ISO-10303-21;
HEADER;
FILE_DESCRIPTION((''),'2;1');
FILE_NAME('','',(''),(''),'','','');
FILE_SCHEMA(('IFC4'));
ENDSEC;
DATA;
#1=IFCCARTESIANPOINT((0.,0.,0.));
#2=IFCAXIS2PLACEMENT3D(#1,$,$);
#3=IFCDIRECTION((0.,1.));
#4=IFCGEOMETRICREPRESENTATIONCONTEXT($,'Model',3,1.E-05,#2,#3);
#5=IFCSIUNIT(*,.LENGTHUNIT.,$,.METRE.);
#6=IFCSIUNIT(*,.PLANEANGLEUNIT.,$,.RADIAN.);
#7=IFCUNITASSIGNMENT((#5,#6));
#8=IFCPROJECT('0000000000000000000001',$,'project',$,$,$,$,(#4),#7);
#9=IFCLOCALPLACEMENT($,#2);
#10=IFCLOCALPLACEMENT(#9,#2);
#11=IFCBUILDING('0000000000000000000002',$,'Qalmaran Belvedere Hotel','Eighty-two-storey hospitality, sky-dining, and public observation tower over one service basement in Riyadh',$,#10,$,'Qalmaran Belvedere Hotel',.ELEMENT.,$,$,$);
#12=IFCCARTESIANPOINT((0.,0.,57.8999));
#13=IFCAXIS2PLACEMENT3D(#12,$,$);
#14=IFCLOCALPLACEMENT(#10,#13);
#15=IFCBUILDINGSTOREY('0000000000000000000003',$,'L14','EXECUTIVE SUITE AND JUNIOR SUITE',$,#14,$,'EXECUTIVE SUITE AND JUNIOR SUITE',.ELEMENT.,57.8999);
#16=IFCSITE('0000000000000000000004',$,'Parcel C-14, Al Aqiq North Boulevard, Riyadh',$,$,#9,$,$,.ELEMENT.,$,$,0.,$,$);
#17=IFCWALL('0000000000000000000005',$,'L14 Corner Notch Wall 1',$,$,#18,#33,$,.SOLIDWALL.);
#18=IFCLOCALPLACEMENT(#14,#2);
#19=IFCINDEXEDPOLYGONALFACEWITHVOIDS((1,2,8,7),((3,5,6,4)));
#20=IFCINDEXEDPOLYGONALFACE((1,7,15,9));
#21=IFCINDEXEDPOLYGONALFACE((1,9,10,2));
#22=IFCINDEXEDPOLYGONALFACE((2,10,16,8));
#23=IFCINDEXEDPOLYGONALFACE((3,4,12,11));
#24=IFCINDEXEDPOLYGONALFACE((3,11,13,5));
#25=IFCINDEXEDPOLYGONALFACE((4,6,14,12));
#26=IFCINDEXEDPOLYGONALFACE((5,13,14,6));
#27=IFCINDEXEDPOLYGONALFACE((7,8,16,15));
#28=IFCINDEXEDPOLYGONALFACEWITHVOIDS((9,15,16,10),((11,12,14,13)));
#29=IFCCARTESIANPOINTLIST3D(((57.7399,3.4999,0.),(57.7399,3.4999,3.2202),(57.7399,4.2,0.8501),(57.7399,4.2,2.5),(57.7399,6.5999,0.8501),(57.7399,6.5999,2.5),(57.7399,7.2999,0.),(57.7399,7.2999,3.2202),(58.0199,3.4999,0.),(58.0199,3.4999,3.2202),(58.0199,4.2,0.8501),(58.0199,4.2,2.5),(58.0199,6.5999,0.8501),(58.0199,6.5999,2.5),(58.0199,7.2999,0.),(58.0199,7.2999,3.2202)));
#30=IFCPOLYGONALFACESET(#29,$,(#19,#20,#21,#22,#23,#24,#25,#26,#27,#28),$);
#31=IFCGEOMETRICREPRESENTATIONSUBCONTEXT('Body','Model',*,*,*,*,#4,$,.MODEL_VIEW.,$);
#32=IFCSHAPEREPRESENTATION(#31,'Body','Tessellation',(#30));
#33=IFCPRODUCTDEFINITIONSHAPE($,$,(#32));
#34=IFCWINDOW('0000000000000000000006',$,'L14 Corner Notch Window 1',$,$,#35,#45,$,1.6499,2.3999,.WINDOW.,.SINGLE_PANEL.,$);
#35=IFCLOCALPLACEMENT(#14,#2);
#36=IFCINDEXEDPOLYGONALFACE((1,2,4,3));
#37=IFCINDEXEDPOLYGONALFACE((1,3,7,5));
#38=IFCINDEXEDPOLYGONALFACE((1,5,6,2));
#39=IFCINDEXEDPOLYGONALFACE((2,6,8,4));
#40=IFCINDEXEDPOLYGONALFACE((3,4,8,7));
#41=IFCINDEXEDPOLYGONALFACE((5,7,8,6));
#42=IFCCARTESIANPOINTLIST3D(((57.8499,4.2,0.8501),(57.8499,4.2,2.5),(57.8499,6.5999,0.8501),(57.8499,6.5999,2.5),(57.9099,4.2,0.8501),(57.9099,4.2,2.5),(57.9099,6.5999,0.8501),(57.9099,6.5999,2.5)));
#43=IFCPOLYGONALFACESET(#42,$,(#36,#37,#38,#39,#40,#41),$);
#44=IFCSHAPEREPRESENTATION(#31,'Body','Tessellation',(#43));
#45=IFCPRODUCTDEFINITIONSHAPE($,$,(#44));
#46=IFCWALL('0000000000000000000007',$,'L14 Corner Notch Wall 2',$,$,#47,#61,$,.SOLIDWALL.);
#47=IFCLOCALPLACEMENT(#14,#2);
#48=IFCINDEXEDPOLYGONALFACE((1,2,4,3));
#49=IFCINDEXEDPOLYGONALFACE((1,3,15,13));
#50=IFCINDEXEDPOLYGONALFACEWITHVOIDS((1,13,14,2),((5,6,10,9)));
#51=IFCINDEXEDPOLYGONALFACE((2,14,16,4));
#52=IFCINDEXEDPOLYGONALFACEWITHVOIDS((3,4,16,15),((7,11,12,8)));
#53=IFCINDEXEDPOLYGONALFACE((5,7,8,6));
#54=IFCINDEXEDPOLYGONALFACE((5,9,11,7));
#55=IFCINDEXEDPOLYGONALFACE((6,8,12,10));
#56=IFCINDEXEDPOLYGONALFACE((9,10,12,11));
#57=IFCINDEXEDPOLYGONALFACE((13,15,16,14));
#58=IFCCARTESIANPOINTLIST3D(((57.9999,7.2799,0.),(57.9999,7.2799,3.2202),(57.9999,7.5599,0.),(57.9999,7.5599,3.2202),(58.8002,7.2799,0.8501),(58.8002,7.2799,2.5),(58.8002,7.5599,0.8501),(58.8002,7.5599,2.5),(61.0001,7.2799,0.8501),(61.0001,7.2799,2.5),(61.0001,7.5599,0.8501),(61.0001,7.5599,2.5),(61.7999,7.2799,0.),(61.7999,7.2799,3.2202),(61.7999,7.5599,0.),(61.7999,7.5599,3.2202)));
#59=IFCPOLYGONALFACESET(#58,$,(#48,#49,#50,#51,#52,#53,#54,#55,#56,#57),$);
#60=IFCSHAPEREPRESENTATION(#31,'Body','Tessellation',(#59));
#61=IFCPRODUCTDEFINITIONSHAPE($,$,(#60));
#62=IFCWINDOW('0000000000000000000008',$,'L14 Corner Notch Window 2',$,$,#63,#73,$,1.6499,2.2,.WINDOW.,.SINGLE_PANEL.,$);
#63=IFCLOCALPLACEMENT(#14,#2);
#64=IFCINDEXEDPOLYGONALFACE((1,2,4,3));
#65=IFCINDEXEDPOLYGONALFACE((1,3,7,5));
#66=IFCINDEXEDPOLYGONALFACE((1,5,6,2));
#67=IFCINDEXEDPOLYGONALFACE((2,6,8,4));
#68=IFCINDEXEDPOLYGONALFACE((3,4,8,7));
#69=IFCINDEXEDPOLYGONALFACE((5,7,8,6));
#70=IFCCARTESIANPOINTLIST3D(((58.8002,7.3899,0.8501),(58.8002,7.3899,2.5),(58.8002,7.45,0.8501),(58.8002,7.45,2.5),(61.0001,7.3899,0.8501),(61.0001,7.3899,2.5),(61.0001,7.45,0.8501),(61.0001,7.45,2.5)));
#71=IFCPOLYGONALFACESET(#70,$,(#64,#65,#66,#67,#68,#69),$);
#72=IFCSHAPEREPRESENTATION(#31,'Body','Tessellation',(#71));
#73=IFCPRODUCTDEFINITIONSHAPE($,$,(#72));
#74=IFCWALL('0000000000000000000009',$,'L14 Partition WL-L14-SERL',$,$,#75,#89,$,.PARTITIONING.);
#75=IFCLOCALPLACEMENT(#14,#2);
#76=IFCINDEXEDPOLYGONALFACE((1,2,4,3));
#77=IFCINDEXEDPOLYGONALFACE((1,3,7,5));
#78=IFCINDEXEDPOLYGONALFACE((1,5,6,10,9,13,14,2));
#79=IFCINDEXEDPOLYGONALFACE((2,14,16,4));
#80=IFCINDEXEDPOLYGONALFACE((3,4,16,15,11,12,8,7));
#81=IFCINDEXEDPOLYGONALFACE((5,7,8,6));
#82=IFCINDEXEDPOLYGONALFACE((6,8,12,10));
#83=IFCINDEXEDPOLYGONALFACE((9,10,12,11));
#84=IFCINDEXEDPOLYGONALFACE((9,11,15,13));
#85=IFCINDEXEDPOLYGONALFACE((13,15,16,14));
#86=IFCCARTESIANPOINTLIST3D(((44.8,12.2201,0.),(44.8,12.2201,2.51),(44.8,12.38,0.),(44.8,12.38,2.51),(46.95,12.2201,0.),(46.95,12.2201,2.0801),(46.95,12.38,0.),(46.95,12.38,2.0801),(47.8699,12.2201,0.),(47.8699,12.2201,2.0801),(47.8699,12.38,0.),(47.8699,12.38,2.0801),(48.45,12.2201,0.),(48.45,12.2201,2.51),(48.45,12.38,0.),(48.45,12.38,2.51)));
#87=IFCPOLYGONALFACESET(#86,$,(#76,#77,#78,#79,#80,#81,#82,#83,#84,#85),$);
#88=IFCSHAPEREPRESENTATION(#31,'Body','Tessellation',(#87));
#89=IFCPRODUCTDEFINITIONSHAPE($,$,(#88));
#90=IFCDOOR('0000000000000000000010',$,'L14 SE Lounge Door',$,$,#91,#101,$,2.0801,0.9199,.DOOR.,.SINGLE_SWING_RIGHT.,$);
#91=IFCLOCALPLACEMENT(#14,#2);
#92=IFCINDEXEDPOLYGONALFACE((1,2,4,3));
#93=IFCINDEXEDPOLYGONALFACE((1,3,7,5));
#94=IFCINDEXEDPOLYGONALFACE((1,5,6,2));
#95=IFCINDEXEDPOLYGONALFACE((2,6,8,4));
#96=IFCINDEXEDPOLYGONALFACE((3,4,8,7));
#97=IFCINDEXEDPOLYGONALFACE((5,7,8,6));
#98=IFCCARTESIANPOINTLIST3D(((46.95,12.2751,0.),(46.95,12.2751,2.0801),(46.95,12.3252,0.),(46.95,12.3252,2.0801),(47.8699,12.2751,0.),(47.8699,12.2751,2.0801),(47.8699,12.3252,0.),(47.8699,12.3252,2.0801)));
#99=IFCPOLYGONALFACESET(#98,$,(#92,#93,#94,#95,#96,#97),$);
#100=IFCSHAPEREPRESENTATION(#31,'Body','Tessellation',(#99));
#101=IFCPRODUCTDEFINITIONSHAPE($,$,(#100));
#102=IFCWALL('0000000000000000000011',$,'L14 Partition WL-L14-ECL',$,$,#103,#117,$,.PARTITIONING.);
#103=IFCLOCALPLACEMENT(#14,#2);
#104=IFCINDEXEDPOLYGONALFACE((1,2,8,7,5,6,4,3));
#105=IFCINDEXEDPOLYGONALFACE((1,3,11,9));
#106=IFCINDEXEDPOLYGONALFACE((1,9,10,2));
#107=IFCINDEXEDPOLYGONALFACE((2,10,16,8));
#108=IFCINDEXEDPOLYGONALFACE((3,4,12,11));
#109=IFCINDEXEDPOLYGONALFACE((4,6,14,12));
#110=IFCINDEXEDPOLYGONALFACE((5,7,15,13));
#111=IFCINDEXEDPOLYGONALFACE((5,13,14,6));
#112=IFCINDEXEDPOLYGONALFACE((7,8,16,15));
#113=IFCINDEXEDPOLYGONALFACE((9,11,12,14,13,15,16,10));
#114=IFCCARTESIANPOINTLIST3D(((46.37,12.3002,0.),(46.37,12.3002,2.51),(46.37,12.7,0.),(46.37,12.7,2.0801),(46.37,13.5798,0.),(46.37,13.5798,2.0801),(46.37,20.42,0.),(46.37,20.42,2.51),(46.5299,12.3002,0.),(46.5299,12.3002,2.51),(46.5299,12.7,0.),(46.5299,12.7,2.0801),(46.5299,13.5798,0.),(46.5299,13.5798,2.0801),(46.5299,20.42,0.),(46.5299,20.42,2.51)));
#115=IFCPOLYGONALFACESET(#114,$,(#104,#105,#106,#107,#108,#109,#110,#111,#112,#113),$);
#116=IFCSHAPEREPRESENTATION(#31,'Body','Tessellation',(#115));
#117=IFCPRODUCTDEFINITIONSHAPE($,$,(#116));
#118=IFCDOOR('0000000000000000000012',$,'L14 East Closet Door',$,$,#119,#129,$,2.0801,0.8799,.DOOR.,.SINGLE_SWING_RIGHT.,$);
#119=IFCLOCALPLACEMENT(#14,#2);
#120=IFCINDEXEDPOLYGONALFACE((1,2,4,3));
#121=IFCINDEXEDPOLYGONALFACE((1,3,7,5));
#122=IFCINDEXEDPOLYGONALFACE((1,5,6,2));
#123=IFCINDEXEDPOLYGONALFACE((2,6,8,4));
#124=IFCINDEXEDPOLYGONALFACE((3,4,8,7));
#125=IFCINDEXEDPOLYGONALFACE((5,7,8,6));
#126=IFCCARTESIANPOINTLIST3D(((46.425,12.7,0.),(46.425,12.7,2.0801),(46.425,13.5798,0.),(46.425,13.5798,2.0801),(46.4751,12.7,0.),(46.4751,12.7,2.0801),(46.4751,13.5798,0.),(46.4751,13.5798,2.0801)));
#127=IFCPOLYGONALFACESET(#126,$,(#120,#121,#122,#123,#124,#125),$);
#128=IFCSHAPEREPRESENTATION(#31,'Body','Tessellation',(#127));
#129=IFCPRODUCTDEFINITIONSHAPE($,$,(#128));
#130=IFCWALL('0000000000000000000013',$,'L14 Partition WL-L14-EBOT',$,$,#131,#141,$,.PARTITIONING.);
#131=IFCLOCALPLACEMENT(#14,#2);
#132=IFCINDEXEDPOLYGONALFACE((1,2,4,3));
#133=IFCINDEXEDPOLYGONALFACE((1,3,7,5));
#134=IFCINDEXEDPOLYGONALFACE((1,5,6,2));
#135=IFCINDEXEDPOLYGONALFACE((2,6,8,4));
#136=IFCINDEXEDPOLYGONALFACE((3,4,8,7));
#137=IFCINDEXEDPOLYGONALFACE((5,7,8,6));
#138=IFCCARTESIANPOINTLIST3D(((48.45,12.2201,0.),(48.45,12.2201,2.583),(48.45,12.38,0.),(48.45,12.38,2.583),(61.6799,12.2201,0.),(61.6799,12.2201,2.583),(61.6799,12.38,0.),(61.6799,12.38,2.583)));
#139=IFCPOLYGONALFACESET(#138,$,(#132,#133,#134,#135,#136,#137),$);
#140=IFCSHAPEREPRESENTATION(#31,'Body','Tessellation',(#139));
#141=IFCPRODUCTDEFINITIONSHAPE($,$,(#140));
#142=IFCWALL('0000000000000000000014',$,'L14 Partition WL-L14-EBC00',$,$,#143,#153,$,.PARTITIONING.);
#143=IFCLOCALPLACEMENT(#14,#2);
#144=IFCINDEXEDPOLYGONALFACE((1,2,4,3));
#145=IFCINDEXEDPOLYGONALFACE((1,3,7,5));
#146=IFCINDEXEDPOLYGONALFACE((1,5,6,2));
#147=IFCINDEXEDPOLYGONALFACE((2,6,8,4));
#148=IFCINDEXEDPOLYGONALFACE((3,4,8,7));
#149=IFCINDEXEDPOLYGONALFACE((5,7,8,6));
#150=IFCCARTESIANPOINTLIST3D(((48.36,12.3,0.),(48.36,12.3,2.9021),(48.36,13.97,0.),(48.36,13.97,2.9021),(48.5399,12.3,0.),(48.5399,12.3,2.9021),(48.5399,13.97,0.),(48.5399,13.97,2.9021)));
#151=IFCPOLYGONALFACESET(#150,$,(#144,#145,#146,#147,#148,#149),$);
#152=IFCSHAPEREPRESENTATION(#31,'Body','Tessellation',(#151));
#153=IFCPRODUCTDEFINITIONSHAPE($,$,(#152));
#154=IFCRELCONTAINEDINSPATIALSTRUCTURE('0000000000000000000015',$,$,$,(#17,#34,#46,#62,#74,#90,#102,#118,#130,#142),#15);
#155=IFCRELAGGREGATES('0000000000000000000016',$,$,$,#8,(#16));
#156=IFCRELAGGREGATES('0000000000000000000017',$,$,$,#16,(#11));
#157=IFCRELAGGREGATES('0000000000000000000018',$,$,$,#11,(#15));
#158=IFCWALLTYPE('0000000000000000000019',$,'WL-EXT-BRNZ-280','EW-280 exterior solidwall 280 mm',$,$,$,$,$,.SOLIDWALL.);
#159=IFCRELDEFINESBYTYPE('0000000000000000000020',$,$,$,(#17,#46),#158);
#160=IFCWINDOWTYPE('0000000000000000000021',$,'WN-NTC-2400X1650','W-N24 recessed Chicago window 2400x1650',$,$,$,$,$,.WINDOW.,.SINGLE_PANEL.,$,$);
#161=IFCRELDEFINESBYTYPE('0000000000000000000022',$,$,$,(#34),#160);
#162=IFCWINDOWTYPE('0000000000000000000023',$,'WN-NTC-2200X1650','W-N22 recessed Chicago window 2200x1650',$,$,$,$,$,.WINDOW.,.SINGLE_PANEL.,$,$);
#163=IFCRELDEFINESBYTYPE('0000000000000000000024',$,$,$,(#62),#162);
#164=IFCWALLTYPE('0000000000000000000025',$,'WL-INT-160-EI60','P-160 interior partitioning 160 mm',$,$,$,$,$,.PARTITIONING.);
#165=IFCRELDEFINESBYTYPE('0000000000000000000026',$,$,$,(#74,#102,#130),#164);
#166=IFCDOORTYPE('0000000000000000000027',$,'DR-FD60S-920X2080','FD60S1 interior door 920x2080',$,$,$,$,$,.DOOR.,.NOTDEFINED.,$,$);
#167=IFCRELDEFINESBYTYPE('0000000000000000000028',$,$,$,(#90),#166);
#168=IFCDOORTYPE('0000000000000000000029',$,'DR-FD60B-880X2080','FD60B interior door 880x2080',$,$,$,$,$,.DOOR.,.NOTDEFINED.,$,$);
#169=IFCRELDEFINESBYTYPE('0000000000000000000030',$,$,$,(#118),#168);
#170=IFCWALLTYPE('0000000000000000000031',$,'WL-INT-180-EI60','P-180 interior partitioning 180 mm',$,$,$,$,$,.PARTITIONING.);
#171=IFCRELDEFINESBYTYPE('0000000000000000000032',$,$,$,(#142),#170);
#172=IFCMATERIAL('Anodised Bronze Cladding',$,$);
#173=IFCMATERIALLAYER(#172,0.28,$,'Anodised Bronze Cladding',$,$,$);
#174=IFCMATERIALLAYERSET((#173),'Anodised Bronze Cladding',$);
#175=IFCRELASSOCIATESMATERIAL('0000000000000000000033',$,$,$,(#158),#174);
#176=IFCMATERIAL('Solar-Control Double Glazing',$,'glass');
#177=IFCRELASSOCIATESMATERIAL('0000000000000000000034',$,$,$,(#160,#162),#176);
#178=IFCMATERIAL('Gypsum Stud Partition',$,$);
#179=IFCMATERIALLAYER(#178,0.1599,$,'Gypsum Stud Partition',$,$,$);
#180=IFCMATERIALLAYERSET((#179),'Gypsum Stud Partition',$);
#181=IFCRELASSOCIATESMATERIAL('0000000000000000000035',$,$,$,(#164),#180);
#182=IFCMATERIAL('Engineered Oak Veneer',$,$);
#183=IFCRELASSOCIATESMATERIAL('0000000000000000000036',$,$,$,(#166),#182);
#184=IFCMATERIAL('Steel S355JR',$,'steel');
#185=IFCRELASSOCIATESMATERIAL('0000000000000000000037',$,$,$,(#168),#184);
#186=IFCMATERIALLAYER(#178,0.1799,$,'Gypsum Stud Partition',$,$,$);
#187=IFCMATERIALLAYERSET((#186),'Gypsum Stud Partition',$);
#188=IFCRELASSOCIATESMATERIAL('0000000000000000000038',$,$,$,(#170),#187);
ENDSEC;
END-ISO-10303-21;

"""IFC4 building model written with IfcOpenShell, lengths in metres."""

from ifc_helpers import new_model, si_unit, direction, frame, frame_2d, origin, place, context, subcontext, project, spatial, rectangle, extrude, material, layer, layer_set, type_object, element, fill, save


model = new_model("IFC4")

# Units and contexts
model_context = context("Model", 3, precision=1e-05, world=origin(), true_north=direction((0.0, 1.0)))
body_context = subcontext(model_context, "Body", "Model", "MODEL_VIEW")
ifc_project = project(units=[si_unit("LENGTHUNIT", "METRE"), si_unit("PLANEANGLEUNIT", "RADIAN")], contexts=[model_context])

# Site, building, storey
site_placement = place(None, origin())
site = spatial("IfcSite", under=ifc_project, at=site_placement, Name="Parcel C-14, Al Aqiq North Boulevard, Riyadh", CompositionType="ELEMENT", RefElevation=0.0)
building_placement = place(site_placement, origin())
building = spatial("IfcBuilding", under=site, at=building_placement, Name="Qalmaran Belvedere Hotel", Description="Eighty-two-storey hospitality, sky-dining, and public observation tower over one service basement in Riyadh", LongName="Qalmaran Belvedere Hotel", CompositionType="ELEMENT")
storey_placement = place(building_placement, frame((0.0, 0.0, 57.8999)))
storey = spatial("IfcBuildingStorey", under=building, at=storey_placement, Name="L14", Description="EXECUTIVE SUITE AND JUNIOR SUITE", LongName="EXECUTIVE SUITE AND JUNIOR SUITE", CompositionType="ELEMENT", Elevation=57.8999)

# Shared definitions
ifc_material_1 = material(Name="Steel S355JR", Category="steel")

# Shared definitions
ifc_material_2 = material(Name="Solar-Control Double Glazing", Category="glass")

# Walls, openings, windows
ifc_material_3 = material(Name="Anodised Bronze Cladding")
ifc_layer_1 = layer(ifc_material_3, 0.28, Name="Anodised Bronze Cladding")
ifc_layer_set_1 = layer_set([ifc_layer_1], Name="Anodised Bronze Cladding")
wall_type_1 = type_object("IfcWallType", Name="WL-EXT-BRNZ-280", Description="EW-280 exterior solidwall 280 mm", PredefinedType="SOLIDWALL", material=ifc_layer_set_1)
wall_1_placement = place(storey_placement, frame((57.8799, 3.5, 0.0), z_axis=(0.0, 0.0, 1.0), x_axis=(0.0, 1.0, 0.0)))
wall_1 = element("IfcWall", 1, at=wall_1_placement, inside=storey, type_object=wall_type_1, Name="L14 Corner Notch Wall 1", PredefinedType="SOLIDWALL", context=body_context, shape_type="SweptSolid", body=[
    extrude(rectangle(XDim=3.8, YDim=0.28, at=frame_2d((1.8999, 0.0))), origin(), (0.0, 0.0, 1.0), 3.2202),
])
opening_1_placement = place(wall_1_placement, frame((0.7, 0.0, 0.8501)))
opening_1 = element("IfcOpeningElement", 2, at=opening_1_placement, cuts=wall_1, PredefinedType="OPENING", context=body_context, shape_type="SweptSolid", body=[
    extrude(rectangle(XDim=2.3999, YDim=1.6499, at=frame_2d((1.2, 0.825))), frame((0.0, 0.1499, 0.0), z_axis=(0.0, -1.0, 0.0), x_axis=(1.0, 0.0, 0.0)), (0.0, 0.0, 1.0), 0.3),
])
window_type_1 = type_object("IfcWindowType", Name="WN-NTC-2400X1650", Description="W-N24 recessed Chicago window 2400x1650", PartitioningType="SINGLE_PANEL", PredefinedType="WINDOW", material=ifc_material_2)
window_1_placement = place(opening_1_placement, origin())
window_1 = element("IfcWindow", 3, at=window_1_placement, inside=storey, type_object=window_type_1, Name="L14 Corner Notch Window 1", OverallHeight=1.6499, OverallWidth=2.3999, PartitioningType="SINGLE_PANEL", PredefinedType="WINDOW", context=body_context, shape_type="SweptSolid", body=[
    extrude(rectangle(XDim=2.3999, YDim=1.6499, at=frame_2d((1.2, 0.825))), frame((0.0, 0.03, 0.0), z_axis=(0.0, -1.0, 0.0), x_axis=(1.0, 0.0, 0.0)), (0.0, 0.0, 1.0), 0.0601),
])
fill(opening_1, window_1)
wall_2_placement = place(storey_placement, frame((58.0, 7.4199, 0.0), z_axis=(0.0, 0.0, 1.0), x_axis=(1.0, 0.0, 0.0)))
wall_2 = element("IfcWall", 4, at=wall_2_placement, inside=storey, type_object=wall_type_1, Name="L14 Corner Notch Wall 2", PredefinedType="SOLIDWALL", context=body_context, shape_type="SweptSolid", body=[
    extrude(rectangle(XDim=3.8, YDim=0.28, at=frame_2d((1.8999, 0.0))), origin(), (0.0, 0.0, 1.0), 3.2202),
])
opening_2_placement = place(wall_2_placement, frame((0.8, 0.0, 0.8501)))
opening_2 = element("IfcOpeningElement", 5, at=opening_2_placement, cuts=wall_2, PredefinedType="OPENING", context=body_context, shape_type="SweptSolid", body=[
    extrude(rectangle(XDim=2.2, YDim=1.6499, at=frame_2d((1.1001, 0.825))), frame((0.0, 0.1499, 0.0), z_axis=(0.0, -1.0, 0.0), x_axis=(1.0, 0.0, 0.0)), (0.0, 0.0, 1.0), 0.3),
])
window_type_2 = type_object("IfcWindowType", Name="WN-NTC-2200X1650", Description="W-N22 recessed Chicago window 2200x1650", PartitioningType="SINGLE_PANEL", PredefinedType="WINDOW", material=ifc_material_2)
window_2_placement = place(opening_2_placement, origin())
window_2 = element("IfcWindow", 6, at=window_2_placement, inside=storey, type_object=window_type_2, Name="L14 Corner Notch Window 2", OverallHeight=1.6499, OverallWidth=2.2, PartitioningType="SINGLE_PANEL", PredefinedType="WINDOW", context=body_context, shape_type="SweptSolid", body=[
    extrude(rectangle(XDim=2.2, YDim=1.6499, at=frame_2d((1.1001, 0.825))), frame((0.0, 0.03, 0.0), z_axis=(0.0, -1.0, 0.0), x_axis=(1.0, 0.0, 0.0)), (0.0, 0.0, 1.0), 0.0601),
])
fill(opening_2, window_2)

# Walls, openings, doors
ifc_material_4 = material(Name="Gypsum Stud Partition")
ifc_layer_2 = layer(ifc_material_4, 0.1599, Name="Gypsum Stud Partition")
ifc_layer_set_2 = layer_set([ifc_layer_2], Name="Gypsum Stud Partition")
wall_type_2 = type_object("IfcWallType", Name="WL-INT-160-EI60", Description="P-160 interior partitioning 160 mm", PredefinedType="PARTITIONING", material=ifc_layer_set_2)
wall_3_placement = place(storey_placement, frame((44.8, 12.3, 0.0), z_axis=(0.0, 0.0, 1.0), x_axis=(1.0, 0.0, 0.0)))
wall_3 = element("IfcWall", 7, at=wall_3_placement, inside=storey, type_object=wall_type_2, Name="L14 Partition WL-L14-SERL", PredefinedType="PARTITIONING", context=body_context, shape_type="SweptSolid", body=[
    extrude(rectangle(XDim=3.6499, YDim=0.1599, at=frame_2d((1.825, 0.0))), origin(), (0.0, 0.0, 1.0), 2.51),
])
opening_3_placement = place(wall_3_placement, frame((3.0698, 0.0, 0.0), z_axis=(0.0, 0.0, 1.0), x_axis=(-1.0, 0.0, 0.0)))
opening_3 = element("IfcOpeningElement", 8, at=opening_3_placement, cuts=wall_3, PredefinedType="OPENING", context=body_context, shape_type="SweptSolid", body=[
    extrude(rectangle(XDim=0.9199, YDim=2.0801, at=frame_2d((0.46, 1.04))), frame((0.0, 0.0898, 0.0), z_axis=(0.0, -1.0, 0.0), x_axis=(1.0, 0.0, 0.0)), (0.0, 0.0, 1.0), 0.1799),
])
ifc_material_5 = material(Name="Engineered Oak Veneer")
door_type_1 = type_object("IfcDoorType", Name="DR-FD60S-920X2080", Description="FD60S1 interior door 920x2080", OperationType="NOTDEFINED", PredefinedType="DOOR", material=ifc_material_5)
door_1_placement = place(opening_3_placement, origin())
door_1 = element("IfcDoor", 9, at=door_1_placement, inside=storey, type_object=door_type_1, Name="L14 SE Lounge Door", OperationType="SINGLE_SWING_RIGHT", OverallHeight=2.0801, OverallWidth=0.9199, PredefinedType="DOOR", context=body_context, shape_type="SweptSolid", body=[
    extrude(rectangle(XDim=0.9199, YDim=2.0801, at=frame_2d((0.46, 1.04))), frame((0.0, 0.0249, 0.0), z_axis=(0.0, -1.0, 0.0), x_axis=(1.0, 0.0, 0.0)), (0.0, 0.0, 1.0), 0.05),
])
fill(opening_3, door_1)
wall_4_placement = place(storey_placement, frame((46.45, 12.3, 0.0), z_axis=(0.0, 0.0, 1.0), x_axis=(0.0, 1.0, 0.0)))
wall_4 = element("IfcWall", 10, at=wall_4_placement, inside=storey, type_object=wall_type_2, Name="L14 Partition WL-L14-ECL", PredefinedType="PARTITIONING", context=body_context, shape_type="SweptSolid", body=[
    extrude(rectangle(XDim=8.1199, YDim=0.1599, at=frame_2d((4.0601, 0.0))), origin(), (0.0, 0.0, 1.0), 2.51),
])
opening_4_placement = place(wall_4_placement, frame((0.3999, 0.0, 0.0)))
opening_4 = element("IfcOpeningElement", 11, at=opening_4_placement, cuts=wall_4, PredefinedType="OPENING", context=body_context, shape_type="SweptSolid", body=[
    extrude(rectangle(XDim=0.8799, YDim=2.0801, at=frame_2d((0.4399, 1.04))), frame((0.0, 0.0898, 0.0), z_axis=(0.0, -1.0, 0.0), x_axis=(1.0, 0.0, 0.0)), (0.0, 0.0, 1.0), 0.1799),
])
door_type_2 = type_object("IfcDoorType", Name="DR-FD60B-880X2080", Description="FD60B interior door 880x2080", OperationType="NOTDEFINED", PredefinedType="DOOR", material=ifc_material_1)
door_2_placement = place(opening_4_placement, origin())
door_2 = element("IfcDoor", 12, at=door_2_placement, inside=storey, type_object=door_type_2, Name="L14 East Closet Door", OperationType="SINGLE_SWING_RIGHT", OverallHeight=2.0801, OverallWidth=0.8799, PredefinedType="DOOR", context=body_context, shape_type="SweptSolid", body=[
    extrude(rectangle(XDim=0.8799, YDim=2.0801, at=frame_2d((0.4399, 1.04))), frame((0.0, 0.0249, 0.0), z_axis=(0.0, -1.0, 0.0), x_axis=(1.0, 0.0, 0.0)), (0.0, 0.0, 1.0), 0.05),
])
fill(opening_4, door_2)

# Walls
wall_5_placement = place(storey_placement, frame((48.45, 12.3, 0.0), z_axis=(0.0, 0.0, 1.0), x_axis=(1.0, 0.0, 0.0)))
element("IfcWall", 13, at=wall_5_placement, inside=storey, type_object=wall_type_2, Name="L14 Partition WL-L14-EBOT", PredefinedType="PARTITIONING", context=body_context, shape_type="SweptSolid", body=[
    extrude(rectangle(XDim=13.23, YDim=0.1599, at=frame_2d((6.615, 0.0))), origin(), (0.0, 0.0, 1.0), 2.583),
])
ifc_layer_3 = layer(ifc_material_4, 0.1799, Name="Gypsum Stud Partition")
ifc_layer_set_3 = layer_set([ifc_layer_3], Name="Gypsum Stud Partition")
wall_type_3 = type_object("IfcWallType", Name="WL-INT-180-EI60", Description="P-180 interior partitioning 180 mm", PredefinedType="PARTITIONING", material=ifc_layer_set_3)
wall_6_placement = place(storey_placement, frame((48.45, 12.3, 0.0), z_axis=(0.0, 0.0, 1.0), x_axis=(0.0, 1.0, 0.0)))
element("IfcWall", 14, at=wall_6_placement, inside=storey, type_object=wall_type_3, Name="L14 Partition WL-L14-EBC00", PredefinedType="PARTITIONING", context=body_context, shape_type="SweptSolid", body=[
    extrude(rectangle(XDim=1.6699, YDim=0.1799, at=frame_2d((0.835, 0.0))), origin(), (0.0, 0.0, 1.0), 2.9021),
])

save(model, "model.ifc")
